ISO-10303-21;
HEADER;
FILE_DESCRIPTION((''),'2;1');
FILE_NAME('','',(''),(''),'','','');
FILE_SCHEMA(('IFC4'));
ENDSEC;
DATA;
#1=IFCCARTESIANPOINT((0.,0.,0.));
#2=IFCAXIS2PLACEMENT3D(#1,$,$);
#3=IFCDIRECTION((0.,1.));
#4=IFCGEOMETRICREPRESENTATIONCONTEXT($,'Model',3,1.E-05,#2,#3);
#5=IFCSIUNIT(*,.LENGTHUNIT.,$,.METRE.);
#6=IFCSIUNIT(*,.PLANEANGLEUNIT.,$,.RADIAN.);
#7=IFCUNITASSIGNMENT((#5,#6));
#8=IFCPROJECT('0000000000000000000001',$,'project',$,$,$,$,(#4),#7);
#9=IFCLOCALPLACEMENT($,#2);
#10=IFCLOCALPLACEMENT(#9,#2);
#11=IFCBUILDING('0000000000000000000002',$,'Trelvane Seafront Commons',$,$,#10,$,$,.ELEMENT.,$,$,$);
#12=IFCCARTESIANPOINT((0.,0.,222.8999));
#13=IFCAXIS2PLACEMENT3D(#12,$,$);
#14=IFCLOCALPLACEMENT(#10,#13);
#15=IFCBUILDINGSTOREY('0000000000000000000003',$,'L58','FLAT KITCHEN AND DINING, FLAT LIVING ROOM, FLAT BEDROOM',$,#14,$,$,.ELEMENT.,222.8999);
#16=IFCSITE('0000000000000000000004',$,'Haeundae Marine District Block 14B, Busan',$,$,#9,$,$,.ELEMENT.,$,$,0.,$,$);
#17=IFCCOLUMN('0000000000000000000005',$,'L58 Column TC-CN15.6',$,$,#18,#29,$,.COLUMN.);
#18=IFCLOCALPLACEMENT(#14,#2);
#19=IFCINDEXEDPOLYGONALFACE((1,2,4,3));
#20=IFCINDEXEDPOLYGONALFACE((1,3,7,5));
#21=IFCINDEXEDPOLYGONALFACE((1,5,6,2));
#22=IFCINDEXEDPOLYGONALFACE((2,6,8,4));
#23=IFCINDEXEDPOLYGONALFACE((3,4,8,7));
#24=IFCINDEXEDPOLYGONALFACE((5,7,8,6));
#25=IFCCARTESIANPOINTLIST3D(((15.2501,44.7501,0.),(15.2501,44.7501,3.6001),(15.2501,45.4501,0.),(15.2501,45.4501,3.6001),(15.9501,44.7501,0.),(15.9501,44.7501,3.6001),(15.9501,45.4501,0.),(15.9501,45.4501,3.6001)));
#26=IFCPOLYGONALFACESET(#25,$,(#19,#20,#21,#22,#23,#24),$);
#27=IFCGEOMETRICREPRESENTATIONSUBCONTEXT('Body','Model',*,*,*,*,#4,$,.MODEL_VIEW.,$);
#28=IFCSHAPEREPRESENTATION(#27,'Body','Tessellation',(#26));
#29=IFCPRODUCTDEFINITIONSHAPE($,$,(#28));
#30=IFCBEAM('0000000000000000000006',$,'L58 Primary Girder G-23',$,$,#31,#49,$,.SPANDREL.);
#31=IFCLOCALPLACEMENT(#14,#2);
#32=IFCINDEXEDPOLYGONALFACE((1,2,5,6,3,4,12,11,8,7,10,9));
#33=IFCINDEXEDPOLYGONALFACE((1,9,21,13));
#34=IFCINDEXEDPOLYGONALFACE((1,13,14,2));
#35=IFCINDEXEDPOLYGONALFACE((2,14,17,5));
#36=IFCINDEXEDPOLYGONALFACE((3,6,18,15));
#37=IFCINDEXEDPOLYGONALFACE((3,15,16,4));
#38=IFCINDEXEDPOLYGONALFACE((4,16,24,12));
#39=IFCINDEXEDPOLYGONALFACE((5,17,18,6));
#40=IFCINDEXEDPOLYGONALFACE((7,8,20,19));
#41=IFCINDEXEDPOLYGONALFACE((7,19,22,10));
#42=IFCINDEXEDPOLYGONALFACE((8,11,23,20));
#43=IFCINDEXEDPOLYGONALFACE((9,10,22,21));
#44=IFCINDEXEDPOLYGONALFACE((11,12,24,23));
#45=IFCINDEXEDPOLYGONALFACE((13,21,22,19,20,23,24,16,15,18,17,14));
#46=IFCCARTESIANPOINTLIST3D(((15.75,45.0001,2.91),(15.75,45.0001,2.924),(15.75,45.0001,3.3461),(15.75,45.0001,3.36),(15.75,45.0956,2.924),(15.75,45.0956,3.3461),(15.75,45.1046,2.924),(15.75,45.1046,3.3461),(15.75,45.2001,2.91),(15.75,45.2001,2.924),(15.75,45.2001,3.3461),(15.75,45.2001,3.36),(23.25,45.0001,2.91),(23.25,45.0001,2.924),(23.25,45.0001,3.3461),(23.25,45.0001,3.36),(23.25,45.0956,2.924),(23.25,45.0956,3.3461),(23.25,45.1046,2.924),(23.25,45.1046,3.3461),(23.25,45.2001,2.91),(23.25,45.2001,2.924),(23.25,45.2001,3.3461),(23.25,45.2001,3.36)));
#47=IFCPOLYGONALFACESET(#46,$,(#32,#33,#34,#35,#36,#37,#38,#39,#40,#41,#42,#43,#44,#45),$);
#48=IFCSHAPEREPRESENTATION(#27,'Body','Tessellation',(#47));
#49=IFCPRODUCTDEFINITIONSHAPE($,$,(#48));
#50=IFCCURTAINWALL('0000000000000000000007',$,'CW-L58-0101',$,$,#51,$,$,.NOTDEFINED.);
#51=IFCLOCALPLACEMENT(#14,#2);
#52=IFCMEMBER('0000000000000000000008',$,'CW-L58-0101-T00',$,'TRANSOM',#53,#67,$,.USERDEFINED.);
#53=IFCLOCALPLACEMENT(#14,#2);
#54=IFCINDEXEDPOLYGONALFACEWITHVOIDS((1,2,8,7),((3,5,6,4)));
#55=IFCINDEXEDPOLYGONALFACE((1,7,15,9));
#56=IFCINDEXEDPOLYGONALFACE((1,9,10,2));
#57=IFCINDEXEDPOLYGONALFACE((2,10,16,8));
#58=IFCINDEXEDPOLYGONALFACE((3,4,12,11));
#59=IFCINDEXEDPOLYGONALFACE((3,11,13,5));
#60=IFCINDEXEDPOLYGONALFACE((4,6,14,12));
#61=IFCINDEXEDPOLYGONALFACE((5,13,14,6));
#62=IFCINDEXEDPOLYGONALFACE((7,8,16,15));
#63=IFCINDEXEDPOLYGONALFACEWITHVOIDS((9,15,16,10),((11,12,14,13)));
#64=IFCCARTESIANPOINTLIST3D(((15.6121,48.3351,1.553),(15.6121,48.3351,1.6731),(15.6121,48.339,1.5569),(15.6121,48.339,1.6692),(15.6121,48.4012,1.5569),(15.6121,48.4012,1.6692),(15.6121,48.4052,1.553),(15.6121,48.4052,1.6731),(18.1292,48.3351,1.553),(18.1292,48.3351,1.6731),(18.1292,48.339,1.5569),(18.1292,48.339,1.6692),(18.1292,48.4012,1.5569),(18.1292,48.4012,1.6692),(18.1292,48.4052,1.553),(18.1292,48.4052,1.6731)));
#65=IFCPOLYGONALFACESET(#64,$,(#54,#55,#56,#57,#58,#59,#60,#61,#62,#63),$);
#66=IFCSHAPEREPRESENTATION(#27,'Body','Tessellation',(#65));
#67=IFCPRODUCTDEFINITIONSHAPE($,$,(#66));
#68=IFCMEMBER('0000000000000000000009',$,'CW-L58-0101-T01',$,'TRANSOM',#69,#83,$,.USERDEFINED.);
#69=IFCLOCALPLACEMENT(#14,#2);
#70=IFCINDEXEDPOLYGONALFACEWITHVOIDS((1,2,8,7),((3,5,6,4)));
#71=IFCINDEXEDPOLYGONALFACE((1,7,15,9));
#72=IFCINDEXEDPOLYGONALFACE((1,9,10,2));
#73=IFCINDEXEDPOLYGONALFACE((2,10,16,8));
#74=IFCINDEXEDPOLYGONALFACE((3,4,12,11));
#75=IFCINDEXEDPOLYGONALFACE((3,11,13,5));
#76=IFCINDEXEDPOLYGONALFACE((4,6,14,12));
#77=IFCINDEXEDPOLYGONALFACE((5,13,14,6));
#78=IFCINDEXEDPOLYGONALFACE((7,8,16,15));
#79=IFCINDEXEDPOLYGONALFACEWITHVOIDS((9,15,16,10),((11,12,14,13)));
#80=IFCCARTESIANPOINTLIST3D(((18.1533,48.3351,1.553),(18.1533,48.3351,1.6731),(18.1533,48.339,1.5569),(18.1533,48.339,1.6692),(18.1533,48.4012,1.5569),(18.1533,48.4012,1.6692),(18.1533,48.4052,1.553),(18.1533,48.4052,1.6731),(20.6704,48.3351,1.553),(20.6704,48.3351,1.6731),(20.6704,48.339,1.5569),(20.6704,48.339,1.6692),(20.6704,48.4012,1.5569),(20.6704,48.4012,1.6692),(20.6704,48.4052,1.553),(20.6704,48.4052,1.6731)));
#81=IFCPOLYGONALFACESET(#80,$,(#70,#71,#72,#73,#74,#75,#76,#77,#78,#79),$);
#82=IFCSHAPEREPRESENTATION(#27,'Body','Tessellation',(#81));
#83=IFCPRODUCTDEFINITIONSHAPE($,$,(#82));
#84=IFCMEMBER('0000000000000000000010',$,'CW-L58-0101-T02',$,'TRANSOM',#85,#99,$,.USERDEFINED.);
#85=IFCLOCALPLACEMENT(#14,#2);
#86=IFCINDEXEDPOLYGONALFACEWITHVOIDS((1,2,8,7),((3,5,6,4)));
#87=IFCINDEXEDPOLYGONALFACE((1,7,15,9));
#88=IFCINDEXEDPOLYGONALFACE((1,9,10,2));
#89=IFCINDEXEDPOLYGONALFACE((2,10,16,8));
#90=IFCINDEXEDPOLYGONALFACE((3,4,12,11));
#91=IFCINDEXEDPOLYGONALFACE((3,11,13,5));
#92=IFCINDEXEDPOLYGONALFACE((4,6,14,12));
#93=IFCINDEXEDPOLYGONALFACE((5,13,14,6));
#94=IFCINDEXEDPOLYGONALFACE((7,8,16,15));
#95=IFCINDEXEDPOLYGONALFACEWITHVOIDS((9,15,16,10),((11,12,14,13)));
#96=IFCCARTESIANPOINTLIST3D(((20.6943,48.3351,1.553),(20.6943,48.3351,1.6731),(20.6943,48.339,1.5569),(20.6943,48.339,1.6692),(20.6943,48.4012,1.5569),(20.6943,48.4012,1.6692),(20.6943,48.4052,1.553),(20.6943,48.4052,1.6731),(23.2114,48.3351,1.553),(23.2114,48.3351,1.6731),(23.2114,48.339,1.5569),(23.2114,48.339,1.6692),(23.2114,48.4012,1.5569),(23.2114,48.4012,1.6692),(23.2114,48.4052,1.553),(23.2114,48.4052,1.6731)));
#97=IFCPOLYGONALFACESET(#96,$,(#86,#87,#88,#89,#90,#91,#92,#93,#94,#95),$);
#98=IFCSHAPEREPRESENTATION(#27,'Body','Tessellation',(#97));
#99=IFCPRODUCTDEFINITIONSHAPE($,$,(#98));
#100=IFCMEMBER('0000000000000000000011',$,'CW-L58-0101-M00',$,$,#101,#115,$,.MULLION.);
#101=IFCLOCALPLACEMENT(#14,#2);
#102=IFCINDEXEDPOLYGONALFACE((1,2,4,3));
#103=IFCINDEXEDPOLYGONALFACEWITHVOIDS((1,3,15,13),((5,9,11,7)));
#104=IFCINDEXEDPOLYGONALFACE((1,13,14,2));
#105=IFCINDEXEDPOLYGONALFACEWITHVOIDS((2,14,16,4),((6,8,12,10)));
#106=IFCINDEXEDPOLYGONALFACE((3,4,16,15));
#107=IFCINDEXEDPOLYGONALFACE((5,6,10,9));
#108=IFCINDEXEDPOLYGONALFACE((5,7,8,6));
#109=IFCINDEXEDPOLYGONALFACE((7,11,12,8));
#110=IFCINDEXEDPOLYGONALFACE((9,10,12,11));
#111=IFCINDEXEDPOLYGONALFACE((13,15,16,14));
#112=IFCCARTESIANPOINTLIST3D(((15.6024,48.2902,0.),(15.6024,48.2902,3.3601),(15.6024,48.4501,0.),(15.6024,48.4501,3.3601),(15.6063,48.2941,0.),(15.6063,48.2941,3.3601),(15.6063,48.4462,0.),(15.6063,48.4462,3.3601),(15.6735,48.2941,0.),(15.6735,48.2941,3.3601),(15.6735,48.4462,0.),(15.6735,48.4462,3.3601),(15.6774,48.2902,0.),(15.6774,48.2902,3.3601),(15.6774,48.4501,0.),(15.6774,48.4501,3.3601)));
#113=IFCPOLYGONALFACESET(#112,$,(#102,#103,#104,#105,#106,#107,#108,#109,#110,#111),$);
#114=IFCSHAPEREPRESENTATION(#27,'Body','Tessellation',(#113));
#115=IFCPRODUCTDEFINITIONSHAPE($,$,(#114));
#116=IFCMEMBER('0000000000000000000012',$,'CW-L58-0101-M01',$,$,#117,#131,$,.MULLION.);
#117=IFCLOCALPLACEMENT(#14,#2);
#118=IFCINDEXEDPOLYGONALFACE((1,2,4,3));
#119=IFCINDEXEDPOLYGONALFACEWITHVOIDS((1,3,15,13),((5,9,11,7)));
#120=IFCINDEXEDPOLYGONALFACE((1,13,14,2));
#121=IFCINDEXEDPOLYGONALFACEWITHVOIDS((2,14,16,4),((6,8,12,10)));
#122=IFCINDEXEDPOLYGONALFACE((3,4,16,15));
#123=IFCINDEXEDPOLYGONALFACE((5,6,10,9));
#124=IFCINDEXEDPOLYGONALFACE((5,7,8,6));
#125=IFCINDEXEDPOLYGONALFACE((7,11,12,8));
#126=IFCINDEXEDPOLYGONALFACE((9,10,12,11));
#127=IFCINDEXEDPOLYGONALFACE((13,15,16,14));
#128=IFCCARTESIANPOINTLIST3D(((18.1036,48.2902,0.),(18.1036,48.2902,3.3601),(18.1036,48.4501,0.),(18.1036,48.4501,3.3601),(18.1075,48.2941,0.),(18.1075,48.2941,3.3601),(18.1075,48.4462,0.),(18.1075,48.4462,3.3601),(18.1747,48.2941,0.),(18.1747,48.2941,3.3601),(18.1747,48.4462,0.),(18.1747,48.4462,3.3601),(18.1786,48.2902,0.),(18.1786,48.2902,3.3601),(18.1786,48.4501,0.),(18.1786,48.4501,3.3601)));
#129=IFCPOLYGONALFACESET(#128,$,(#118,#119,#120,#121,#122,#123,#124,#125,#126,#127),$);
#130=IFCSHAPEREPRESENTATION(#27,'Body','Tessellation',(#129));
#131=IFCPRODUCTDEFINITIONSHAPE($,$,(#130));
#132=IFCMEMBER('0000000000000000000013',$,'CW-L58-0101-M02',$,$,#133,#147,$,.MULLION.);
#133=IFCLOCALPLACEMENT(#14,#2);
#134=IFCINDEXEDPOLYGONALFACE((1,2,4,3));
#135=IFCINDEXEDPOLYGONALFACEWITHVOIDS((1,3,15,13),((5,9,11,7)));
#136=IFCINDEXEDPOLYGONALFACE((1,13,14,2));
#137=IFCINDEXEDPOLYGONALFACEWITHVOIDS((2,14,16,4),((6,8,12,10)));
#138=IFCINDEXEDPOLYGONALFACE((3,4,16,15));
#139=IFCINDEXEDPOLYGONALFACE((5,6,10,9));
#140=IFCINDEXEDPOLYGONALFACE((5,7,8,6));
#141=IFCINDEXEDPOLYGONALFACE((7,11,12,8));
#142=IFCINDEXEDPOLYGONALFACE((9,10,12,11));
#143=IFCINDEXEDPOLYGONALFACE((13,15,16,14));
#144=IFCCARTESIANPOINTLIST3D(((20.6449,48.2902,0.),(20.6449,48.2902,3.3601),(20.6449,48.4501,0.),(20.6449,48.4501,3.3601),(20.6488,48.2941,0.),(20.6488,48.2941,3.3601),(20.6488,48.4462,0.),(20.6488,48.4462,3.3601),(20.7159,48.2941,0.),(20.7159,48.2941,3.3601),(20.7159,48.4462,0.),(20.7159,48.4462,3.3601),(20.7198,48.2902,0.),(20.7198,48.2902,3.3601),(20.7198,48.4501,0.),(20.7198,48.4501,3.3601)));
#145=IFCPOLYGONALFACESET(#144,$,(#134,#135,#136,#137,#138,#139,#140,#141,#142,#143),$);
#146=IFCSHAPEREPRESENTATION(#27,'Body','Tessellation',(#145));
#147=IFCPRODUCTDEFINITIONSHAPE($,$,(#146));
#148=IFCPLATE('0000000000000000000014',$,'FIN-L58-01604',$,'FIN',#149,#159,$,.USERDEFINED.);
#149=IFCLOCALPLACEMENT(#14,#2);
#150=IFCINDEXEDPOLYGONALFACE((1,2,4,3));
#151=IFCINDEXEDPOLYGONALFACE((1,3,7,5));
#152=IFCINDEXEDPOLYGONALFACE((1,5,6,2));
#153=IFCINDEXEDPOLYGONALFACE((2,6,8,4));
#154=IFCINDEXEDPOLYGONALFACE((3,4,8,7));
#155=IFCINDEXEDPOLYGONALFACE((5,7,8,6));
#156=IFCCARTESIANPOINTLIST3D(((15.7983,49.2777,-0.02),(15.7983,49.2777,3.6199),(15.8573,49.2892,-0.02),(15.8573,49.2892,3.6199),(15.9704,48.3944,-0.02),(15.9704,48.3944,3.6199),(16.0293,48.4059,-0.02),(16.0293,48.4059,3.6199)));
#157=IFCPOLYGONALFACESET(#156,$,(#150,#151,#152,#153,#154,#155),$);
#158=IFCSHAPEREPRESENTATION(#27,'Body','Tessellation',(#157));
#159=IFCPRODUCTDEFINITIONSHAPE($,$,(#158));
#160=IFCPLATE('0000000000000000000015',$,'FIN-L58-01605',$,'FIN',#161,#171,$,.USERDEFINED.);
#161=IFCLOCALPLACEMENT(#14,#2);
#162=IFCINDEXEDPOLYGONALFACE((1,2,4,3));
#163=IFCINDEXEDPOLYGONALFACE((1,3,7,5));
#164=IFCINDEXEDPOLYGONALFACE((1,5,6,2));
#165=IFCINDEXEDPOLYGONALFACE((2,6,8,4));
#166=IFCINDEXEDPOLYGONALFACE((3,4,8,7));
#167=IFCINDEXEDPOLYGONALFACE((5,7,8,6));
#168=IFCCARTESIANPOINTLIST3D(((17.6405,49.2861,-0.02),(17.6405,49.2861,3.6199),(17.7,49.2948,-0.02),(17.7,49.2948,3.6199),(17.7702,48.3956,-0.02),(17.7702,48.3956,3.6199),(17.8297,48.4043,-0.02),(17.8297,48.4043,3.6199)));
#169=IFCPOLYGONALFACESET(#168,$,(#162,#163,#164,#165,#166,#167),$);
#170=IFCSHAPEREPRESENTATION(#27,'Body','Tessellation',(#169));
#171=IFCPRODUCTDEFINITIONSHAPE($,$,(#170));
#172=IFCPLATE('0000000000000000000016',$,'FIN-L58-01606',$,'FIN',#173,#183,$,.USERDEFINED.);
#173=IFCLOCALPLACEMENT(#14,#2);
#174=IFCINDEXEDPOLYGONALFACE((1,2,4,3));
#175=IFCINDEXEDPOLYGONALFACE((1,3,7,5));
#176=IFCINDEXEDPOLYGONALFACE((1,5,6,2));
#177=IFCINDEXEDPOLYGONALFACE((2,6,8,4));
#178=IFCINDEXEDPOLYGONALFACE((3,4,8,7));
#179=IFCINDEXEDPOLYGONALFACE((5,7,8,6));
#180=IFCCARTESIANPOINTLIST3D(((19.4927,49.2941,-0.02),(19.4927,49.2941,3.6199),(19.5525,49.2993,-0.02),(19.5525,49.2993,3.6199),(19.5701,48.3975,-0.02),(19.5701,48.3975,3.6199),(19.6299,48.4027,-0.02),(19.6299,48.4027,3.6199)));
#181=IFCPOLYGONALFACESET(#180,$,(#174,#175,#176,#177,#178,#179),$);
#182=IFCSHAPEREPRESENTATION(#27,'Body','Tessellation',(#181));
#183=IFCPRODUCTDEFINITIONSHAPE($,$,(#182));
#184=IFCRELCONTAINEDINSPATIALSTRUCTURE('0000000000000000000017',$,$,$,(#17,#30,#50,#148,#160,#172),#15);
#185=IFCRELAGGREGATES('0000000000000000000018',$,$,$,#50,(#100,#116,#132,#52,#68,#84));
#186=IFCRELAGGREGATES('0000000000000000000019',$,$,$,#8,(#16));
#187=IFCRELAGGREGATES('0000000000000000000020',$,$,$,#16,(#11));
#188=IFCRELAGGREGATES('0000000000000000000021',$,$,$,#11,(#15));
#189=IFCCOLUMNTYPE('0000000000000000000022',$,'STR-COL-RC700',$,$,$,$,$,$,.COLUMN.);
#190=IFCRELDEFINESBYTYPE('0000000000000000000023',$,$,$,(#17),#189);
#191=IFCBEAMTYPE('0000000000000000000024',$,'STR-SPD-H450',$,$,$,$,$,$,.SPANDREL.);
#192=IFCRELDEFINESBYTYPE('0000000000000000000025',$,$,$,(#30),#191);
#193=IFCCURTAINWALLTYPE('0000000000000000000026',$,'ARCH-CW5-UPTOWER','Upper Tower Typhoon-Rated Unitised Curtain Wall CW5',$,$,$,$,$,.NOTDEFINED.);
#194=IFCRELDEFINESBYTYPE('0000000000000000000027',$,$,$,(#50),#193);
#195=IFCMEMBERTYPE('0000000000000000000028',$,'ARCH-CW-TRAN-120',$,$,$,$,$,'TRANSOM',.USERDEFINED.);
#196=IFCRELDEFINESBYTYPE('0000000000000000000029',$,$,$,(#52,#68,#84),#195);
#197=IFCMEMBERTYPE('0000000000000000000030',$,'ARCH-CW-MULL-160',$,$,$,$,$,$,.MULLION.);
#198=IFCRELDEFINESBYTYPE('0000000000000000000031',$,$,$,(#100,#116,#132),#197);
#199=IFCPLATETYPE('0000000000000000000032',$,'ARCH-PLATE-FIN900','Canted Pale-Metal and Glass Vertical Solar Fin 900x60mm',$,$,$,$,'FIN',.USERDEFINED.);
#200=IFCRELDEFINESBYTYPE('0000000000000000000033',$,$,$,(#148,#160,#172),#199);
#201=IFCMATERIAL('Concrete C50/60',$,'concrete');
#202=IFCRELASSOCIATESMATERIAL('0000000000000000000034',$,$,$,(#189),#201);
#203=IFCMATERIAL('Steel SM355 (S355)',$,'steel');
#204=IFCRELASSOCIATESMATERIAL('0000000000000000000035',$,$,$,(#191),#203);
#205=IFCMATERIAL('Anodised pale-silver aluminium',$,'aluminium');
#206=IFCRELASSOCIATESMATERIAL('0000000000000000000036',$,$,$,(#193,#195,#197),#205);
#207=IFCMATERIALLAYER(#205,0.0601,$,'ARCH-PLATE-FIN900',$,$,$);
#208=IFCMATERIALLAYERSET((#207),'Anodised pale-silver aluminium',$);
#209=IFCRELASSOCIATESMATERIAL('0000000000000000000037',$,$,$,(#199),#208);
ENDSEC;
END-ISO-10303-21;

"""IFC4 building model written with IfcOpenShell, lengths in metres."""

from ifc_helpers import new_model, si_unit, direction, frame, origin, origin_2d, place, context, subcontext, project, spatial, rectangle, hollow_rectangle, i_section, extrude, source, transform, mapped, material, layer, layer_set, material_profile, profile_set, type_object, element, aggregate, save


model = new_model("IFC4")

# Units and contexts
model_context = context("Model", 3, precision=1e-05, world=origin(), true_north=direction((0.0, 1.0)))
body_context = subcontext(model_context, "Body", "Model", "MODEL_VIEW")
ifc_project = project(units=[si_unit("LENGTHUNIT", "METRE"), si_unit("PLANEANGLEUNIT", "RADIAN")], contexts=[model_context])

# Site, building, storey
site_placement = place(None, origin())
site = spatial("IfcSite", under=ifc_project, at=site_placement, Name="Haeundae Marine District Block 14B, Busan", CompositionType="ELEMENT", RefElevation=0.0)
building_placement = place(site_placement, origin())
building = spatial("IfcBuilding", under=site, at=building_placement, Name="Trelvane Seafront Commons", CompositionType="ELEMENT")
storey_placement = place(building_placement, frame((0.0, 0.0, 222.8999)))
storey = spatial("IfcBuildingStorey", under=building, at=storey_placement, Name="L58", Description="FLAT KITCHEN AND DINING, FLAT LIVING ROOM, FLAT BEDROOM", CompositionType="ELEMENT", Elevation=222.8999)

# Column
ifc_material_1 = material(Name="Concrete C50/60", Category="concrete")
ifc_material_profile_1 = material_profile(ifc_material_1, rectangle(XDim=0.7, YDim=0.7, at=origin_2d()), Name="RC-700x700")
ifc_profile_set_1 = profile_set([ifc_material_profile_1], Name="Concrete C50/60")
column_type = type_object("IfcColumnType", Name="STR-COL-RC700", PredefinedType="COLUMN", material=ifc_profile_set_1)
shared_shape_1 = source(origin(), body_context, "Body", "SweptSolid", [
    extrude(rectangle(XDim=0.7, YDim=0.7, at=origin_2d()), origin(), (0.0, 0.0, 1.0), 3.6001),
])
column_placement = place(storey_placement, frame((15.6001, 45.1001, 0.0), z_axis=(0.0, 0.0, 1.0), x_axis=(1.0, 0.0, 0.0)))
element("IfcColumn", 1, at=column_placement, inside=storey, type_object=column_type, Name="L58 Column TC-CN15.6", PredefinedType="COLUMN", context=body_context, shape_type="MappedRepresentation", body=[
    mapped(shared_shape_1, transform((0.0, 0.0, 0.0), x_axis=(1.0, 0.0, 0.0), y_axis=(0.0, 1.0, 0.0), z_axis=(0.0, 0.0, 1.0), scale=1.0)),
])

# Beam
ifc_material_2 = material(Name="Steel SM355 (S355)", Category="steel")
ifc_material_profile_2 = material_profile(ifc_material_2, i_section(OverallWidth=0.2, OverallDepth=0.45, WebThickness=0.009, FlangeThickness=0.0139, at=origin_2d()), Name="H-450x200x9x14")
ifc_profile_set_2 = profile_set([ifc_material_profile_2], Name="Steel SM355 (S355)")
beam_type = type_object("IfcBeamType", Name="STR-SPD-H450", PredefinedType="SPANDREL", material=ifc_profile_set_2)
shared_shape_2 = source(origin(), body_context, "Body", "SweptSolid", [
    extrude(i_section(OverallWidth=0.2, OverallDepth=0.45, WebThickness=0.009, FlangeThickness=0.0139, at=origin_2d()), origin(), (0.0, 0.0, 1.0), 7.5),
])
beam_placement = place(storey_placement, frame((15.75, 45.1001, 3.135), z_axis=(1.0, 0.0, 0.0), x_axis=(0.0, 1.0, 0.0)))
element("IfcBeam", 2, at=beam_placement, inside=storey, type_object=beam_type, Name="L58 Primary Girder G-23", PredefinedType="SPANDREL", context=body_context, shape_type="MappedRepresentation", body=[
    mapped(shared_shape_2, transform((0.0, 0.0, 0.0), x_axis=(1.0, 0.0, 0.0), y_axis=(0.0, 1.0, 0.0), z_axis=(0.0, 0.0, 1.0), scale=1.0)),
])

# Curtain wall, members
ifc_material_3 = material(Name="Anodised pale-silver aluminium", Category="aluminium")
curtain_wall_type = type_object("IfcCurtainWallType", Name="ARCH-CW5-UPTOWER", Description="Upper Tower Typhoon-Rated Unitised Curtain Wall CW5", PredefinedType="NOTDEFINED", material=ifc_material_3)
curtain_wall_placement = place(storey_placement, origin())
curtain_wall = element("IfcCurtainWall", 3, at=curtain_wall_placement, inside=storey, type_object=curtain_wall_type, Name="CW-L58-0101", PredefinedType="NOTDEFINED")
ifc_material_profile_3 = material_profile(ifc_material_3, hollow_rectangle(XDim=0.0701, YDim=0.1201, WallThickness=0.0039, at=origin_2d()), Name="TRAN-70x120x4")
ifc_profile_set_3 = profile_set([ifc_material_profile_3], Name="Anodised pale-silver aluminium")
member_type_1 = type_object("IfcMemberType", Name="ARCH-CW-TRAN-120", ElementType="TRANSOM", PredefinedType="USERDEFINED", material=ifc_profile_set_3)
shared_shape_3 = source(origin(), body_context, "Body", "SweptSolid", [
    extrude(hollow_rectangle(XDim=0.0701, YDim=0.1201, WallThickness=0.0039, at=origin_2d()), origin(), (0.0, 0.0, 1.0), 2.5171),
])
member_1_placement = place(storey_placement, frame((15.6121, 48.3701, 1.613), z_axis=(1.0, 0.0, 0.0), x_axis=(0.0, 1.0, 0.0)))
member_1 = element("IfcMember", 4, at=member_1_placement, type_object=member_type_1, Name="CW-L58-0101-T00", ObjectType="TRANSOM", PredefinedType="USERDEFINED", context=body_context, shape_type="MappedRepresentation", body=[
    mapped(shared_shape_3, transform((0.0, 0.0, 0.0), x_axis=(1.0, 0.0, 0.0), y_axis=(0.0, 1.0, 0.0), z_axis=(0.0, 0.0, 1.0), scale=1.0)),
])
member_2_placement = place(storey_placement, frame((18.1533, 48.3701, 1.613), z_axis=(1.0, 0.0, 0.0), x_axis=(0.0, 1.0, 0.0)))
member_2 = element("IfcMember", 5, at=member_2_placement, type_object=member_type_1, Name="CW-L58-0101-T01", ObjectType="TRANSOM", PredefinedType="USERDEFINED", context=body_context, shape_type="MappedRepresentation", body=[
    mapped(shared_shape_3, transform((0.0, 0.0, 0.0), x_axis=(1.0, 0.0, 0.0), y_axis=(0.0, 1.0, 0.0), z_axis=(0.0, 0.0, 1.0), scale=1.0)),
])
member_3_placement = place(storey_placement, frame((20.6943, 48.3701, 1.613), z_axis=(1.0, 0.0, 0.0), x_axis=(0.0, 1.0, 0.0)))
member_3 = element("IfcMember", 6, at=member_3_placement, type_object=member_type_1, Name="CW-L58-0101-T02", ObjectType="TRANSOM", PredefinedType="USERDEFINED", context=body_context, shape_type="MappedRepresentation", body=[
    mapped(shared_shape_3, transform((0.0, 0.0, 0.0), x_axis=(1.0, 0.0, 0.0), y_axis=(0.0, 1.0, 0.0), z_axis=(0.0, 0.0, 1.0), scale=1.0)),
])
ifc_material_profile_4 = material_profile(ifc_material_3, hollow_rectangle(XDim=0.075, YDim=0.1599, WallThickness=0.0039, at=origin_2d()), Name="MULL-75x160x4")
ifc_profile_set_4 = profile_set([ifc_material_profile_4], Name="Anodised pale-silver aluminium")
member_type_2 = type_object("IfcMemberType", Name="ARCH-CW-MULL-160", PredefinedType="MULLION", material=ifc_profile_set_4)
shared_shape_4 = source(origin(), body_context, "Body", "SweptSolid", [
    extrude(hollow_rectangle(XDim=0.075, YDim=0.1599, WallThickness=0.0039, at=origin_2d()), origin(), (0.0, 0.0, 1.0), 3.3601),
])
member_4_placement = place(storey_placement, frame((15.6399, 48.3701, 0.0), z_axis=(0.0, 0.0, 1.0), x_axis=(1.0, 0.0, 0.0)))
member_4 = element("IfcMember", 7, at=member_4_placement, type_object=member_type_2, Name="CW-L58-0101-M00", PredefinedType="MULLION", context=body_context, shape_type="MappedRepresentation", body=[
    mapped(shared_shape_4, transform((0.0, 0.0, 0.0), x_axis=(1.0, 0.0, 0.0), y_axis=(0.0, 1.0, 0.0), z_axis=(0.0, 0.0, 1.0), scale=1.0)),
])
member_5_placement = place(storey_placement, frame((18.1411, 48.3701, 0.0), z_axis=(0.0, 0.0, 1.0), x_axis=(1.0, 0.0, 0.0)))
member_5 = element("IfcMember", 8, at=member_5_placement, type_object=member_type_2, Name="CW-L58-0101-M01", PredefinedType="MULLION", context=body_context, shape_type="MappedRepresentation", body=[
    mapped(shared_shape_4, transform((0.0, 0.0, 0.0), x_axis=(1.0, 0.0, 0.0), y_axis=(0.0, 1.0, 0.0), z_axis=(0.0, 0.0, 1.0), scale=1.0)),
])
member_6_placement = place(storey_placement, frame((20.6824, 48.3701, 0.0), z_axis=(0.0, 0.0, 1.0), x_axis=(1.0, 0.0, 0.0)))
member_6 = element("IfcMember", 9, at=member_6_placement, type_object=member_type_2, Name="CW-L58-0101-M02", PredefinedType="MULLION", context=body_context, shape_type="MappedRepresentation", body=[
    mapped(shared_shape_4, transform((0.0, 0.0, 0.0), x_axis=(1.0, 0.0, 0.0), y_axis=(0.0, 1.0, 0.0), z_axis=(0.0, 0.0, 1.0), scale=1.0)),
])

# Plates
ifc_layer_1 = layer(ifc_material_3, 0.0601, Name="ARCH-PLATE-FIN900")
ifc_layer_set_1 = layer_set([ifc_layer_1], Name="Anodised pale-silver aluminium")
plate_type_1 = type_object("IfcPlateType", Name="ARCH-PLATE-FIN900", Description="Canted Pale-Metal and Glass Vertical Solar Fin 900x60mm", ElementType="FIN", PredefinedType="USERDEFINED", material=ifc_layer_set_1)
shared_shape_5 = source(origin(), body_context, "Body", "SweptSolid", [
    extrude(rectangle(XDim=0.8999, YDim=0.0601, at=origin_2d()), origin(), (0.0, 0.0, 1.0), 3.6399),
])
for number, where, z_axis, x_axis, name in (
    (10, (15.9138, 48.8418, -0.02), (0.0, 0.0, 1.0), (-0.19122, 0.981547, 0.0), "FIN-L58-01604"),
    (11, (17.7351, 48.8452, -0.02), (0.0, 0.0, 1.0), (-0.144113, 0.989561, 0.0), "FIN-L58-01605"),
    (12, (19.5613, 48.8484, -0.02), (0.0, 0.0, 1.0), (-0.085996, 0.996295, 0.0), "FIN-L58-01606"),
):
    element("IfcPlate", number, at=place(storey_placement, frame(where, z_axis=z_axis, x_axis=x_axis)), inside=storey, type_object=plate_type_1, Name=name, ObjectType="FIN", PredefinedType="USERDEFINED", context=body_context, shape_type="MappedRepresentation", body=[
        mapped(shared_shape_5, transform((0.0, 0.0, 0.0), x_axis=(1.0, 0.0, 0.0), y_axis=(0.0, 1.0, 0.0), z_axis=(0.0, 0.0, 1.0), scale=1.0)),
    ])

aggregate(curtain_wall, [member_4, member_5, member_6, member_1, member_2, member_3])

save(model, "model.ifc")
